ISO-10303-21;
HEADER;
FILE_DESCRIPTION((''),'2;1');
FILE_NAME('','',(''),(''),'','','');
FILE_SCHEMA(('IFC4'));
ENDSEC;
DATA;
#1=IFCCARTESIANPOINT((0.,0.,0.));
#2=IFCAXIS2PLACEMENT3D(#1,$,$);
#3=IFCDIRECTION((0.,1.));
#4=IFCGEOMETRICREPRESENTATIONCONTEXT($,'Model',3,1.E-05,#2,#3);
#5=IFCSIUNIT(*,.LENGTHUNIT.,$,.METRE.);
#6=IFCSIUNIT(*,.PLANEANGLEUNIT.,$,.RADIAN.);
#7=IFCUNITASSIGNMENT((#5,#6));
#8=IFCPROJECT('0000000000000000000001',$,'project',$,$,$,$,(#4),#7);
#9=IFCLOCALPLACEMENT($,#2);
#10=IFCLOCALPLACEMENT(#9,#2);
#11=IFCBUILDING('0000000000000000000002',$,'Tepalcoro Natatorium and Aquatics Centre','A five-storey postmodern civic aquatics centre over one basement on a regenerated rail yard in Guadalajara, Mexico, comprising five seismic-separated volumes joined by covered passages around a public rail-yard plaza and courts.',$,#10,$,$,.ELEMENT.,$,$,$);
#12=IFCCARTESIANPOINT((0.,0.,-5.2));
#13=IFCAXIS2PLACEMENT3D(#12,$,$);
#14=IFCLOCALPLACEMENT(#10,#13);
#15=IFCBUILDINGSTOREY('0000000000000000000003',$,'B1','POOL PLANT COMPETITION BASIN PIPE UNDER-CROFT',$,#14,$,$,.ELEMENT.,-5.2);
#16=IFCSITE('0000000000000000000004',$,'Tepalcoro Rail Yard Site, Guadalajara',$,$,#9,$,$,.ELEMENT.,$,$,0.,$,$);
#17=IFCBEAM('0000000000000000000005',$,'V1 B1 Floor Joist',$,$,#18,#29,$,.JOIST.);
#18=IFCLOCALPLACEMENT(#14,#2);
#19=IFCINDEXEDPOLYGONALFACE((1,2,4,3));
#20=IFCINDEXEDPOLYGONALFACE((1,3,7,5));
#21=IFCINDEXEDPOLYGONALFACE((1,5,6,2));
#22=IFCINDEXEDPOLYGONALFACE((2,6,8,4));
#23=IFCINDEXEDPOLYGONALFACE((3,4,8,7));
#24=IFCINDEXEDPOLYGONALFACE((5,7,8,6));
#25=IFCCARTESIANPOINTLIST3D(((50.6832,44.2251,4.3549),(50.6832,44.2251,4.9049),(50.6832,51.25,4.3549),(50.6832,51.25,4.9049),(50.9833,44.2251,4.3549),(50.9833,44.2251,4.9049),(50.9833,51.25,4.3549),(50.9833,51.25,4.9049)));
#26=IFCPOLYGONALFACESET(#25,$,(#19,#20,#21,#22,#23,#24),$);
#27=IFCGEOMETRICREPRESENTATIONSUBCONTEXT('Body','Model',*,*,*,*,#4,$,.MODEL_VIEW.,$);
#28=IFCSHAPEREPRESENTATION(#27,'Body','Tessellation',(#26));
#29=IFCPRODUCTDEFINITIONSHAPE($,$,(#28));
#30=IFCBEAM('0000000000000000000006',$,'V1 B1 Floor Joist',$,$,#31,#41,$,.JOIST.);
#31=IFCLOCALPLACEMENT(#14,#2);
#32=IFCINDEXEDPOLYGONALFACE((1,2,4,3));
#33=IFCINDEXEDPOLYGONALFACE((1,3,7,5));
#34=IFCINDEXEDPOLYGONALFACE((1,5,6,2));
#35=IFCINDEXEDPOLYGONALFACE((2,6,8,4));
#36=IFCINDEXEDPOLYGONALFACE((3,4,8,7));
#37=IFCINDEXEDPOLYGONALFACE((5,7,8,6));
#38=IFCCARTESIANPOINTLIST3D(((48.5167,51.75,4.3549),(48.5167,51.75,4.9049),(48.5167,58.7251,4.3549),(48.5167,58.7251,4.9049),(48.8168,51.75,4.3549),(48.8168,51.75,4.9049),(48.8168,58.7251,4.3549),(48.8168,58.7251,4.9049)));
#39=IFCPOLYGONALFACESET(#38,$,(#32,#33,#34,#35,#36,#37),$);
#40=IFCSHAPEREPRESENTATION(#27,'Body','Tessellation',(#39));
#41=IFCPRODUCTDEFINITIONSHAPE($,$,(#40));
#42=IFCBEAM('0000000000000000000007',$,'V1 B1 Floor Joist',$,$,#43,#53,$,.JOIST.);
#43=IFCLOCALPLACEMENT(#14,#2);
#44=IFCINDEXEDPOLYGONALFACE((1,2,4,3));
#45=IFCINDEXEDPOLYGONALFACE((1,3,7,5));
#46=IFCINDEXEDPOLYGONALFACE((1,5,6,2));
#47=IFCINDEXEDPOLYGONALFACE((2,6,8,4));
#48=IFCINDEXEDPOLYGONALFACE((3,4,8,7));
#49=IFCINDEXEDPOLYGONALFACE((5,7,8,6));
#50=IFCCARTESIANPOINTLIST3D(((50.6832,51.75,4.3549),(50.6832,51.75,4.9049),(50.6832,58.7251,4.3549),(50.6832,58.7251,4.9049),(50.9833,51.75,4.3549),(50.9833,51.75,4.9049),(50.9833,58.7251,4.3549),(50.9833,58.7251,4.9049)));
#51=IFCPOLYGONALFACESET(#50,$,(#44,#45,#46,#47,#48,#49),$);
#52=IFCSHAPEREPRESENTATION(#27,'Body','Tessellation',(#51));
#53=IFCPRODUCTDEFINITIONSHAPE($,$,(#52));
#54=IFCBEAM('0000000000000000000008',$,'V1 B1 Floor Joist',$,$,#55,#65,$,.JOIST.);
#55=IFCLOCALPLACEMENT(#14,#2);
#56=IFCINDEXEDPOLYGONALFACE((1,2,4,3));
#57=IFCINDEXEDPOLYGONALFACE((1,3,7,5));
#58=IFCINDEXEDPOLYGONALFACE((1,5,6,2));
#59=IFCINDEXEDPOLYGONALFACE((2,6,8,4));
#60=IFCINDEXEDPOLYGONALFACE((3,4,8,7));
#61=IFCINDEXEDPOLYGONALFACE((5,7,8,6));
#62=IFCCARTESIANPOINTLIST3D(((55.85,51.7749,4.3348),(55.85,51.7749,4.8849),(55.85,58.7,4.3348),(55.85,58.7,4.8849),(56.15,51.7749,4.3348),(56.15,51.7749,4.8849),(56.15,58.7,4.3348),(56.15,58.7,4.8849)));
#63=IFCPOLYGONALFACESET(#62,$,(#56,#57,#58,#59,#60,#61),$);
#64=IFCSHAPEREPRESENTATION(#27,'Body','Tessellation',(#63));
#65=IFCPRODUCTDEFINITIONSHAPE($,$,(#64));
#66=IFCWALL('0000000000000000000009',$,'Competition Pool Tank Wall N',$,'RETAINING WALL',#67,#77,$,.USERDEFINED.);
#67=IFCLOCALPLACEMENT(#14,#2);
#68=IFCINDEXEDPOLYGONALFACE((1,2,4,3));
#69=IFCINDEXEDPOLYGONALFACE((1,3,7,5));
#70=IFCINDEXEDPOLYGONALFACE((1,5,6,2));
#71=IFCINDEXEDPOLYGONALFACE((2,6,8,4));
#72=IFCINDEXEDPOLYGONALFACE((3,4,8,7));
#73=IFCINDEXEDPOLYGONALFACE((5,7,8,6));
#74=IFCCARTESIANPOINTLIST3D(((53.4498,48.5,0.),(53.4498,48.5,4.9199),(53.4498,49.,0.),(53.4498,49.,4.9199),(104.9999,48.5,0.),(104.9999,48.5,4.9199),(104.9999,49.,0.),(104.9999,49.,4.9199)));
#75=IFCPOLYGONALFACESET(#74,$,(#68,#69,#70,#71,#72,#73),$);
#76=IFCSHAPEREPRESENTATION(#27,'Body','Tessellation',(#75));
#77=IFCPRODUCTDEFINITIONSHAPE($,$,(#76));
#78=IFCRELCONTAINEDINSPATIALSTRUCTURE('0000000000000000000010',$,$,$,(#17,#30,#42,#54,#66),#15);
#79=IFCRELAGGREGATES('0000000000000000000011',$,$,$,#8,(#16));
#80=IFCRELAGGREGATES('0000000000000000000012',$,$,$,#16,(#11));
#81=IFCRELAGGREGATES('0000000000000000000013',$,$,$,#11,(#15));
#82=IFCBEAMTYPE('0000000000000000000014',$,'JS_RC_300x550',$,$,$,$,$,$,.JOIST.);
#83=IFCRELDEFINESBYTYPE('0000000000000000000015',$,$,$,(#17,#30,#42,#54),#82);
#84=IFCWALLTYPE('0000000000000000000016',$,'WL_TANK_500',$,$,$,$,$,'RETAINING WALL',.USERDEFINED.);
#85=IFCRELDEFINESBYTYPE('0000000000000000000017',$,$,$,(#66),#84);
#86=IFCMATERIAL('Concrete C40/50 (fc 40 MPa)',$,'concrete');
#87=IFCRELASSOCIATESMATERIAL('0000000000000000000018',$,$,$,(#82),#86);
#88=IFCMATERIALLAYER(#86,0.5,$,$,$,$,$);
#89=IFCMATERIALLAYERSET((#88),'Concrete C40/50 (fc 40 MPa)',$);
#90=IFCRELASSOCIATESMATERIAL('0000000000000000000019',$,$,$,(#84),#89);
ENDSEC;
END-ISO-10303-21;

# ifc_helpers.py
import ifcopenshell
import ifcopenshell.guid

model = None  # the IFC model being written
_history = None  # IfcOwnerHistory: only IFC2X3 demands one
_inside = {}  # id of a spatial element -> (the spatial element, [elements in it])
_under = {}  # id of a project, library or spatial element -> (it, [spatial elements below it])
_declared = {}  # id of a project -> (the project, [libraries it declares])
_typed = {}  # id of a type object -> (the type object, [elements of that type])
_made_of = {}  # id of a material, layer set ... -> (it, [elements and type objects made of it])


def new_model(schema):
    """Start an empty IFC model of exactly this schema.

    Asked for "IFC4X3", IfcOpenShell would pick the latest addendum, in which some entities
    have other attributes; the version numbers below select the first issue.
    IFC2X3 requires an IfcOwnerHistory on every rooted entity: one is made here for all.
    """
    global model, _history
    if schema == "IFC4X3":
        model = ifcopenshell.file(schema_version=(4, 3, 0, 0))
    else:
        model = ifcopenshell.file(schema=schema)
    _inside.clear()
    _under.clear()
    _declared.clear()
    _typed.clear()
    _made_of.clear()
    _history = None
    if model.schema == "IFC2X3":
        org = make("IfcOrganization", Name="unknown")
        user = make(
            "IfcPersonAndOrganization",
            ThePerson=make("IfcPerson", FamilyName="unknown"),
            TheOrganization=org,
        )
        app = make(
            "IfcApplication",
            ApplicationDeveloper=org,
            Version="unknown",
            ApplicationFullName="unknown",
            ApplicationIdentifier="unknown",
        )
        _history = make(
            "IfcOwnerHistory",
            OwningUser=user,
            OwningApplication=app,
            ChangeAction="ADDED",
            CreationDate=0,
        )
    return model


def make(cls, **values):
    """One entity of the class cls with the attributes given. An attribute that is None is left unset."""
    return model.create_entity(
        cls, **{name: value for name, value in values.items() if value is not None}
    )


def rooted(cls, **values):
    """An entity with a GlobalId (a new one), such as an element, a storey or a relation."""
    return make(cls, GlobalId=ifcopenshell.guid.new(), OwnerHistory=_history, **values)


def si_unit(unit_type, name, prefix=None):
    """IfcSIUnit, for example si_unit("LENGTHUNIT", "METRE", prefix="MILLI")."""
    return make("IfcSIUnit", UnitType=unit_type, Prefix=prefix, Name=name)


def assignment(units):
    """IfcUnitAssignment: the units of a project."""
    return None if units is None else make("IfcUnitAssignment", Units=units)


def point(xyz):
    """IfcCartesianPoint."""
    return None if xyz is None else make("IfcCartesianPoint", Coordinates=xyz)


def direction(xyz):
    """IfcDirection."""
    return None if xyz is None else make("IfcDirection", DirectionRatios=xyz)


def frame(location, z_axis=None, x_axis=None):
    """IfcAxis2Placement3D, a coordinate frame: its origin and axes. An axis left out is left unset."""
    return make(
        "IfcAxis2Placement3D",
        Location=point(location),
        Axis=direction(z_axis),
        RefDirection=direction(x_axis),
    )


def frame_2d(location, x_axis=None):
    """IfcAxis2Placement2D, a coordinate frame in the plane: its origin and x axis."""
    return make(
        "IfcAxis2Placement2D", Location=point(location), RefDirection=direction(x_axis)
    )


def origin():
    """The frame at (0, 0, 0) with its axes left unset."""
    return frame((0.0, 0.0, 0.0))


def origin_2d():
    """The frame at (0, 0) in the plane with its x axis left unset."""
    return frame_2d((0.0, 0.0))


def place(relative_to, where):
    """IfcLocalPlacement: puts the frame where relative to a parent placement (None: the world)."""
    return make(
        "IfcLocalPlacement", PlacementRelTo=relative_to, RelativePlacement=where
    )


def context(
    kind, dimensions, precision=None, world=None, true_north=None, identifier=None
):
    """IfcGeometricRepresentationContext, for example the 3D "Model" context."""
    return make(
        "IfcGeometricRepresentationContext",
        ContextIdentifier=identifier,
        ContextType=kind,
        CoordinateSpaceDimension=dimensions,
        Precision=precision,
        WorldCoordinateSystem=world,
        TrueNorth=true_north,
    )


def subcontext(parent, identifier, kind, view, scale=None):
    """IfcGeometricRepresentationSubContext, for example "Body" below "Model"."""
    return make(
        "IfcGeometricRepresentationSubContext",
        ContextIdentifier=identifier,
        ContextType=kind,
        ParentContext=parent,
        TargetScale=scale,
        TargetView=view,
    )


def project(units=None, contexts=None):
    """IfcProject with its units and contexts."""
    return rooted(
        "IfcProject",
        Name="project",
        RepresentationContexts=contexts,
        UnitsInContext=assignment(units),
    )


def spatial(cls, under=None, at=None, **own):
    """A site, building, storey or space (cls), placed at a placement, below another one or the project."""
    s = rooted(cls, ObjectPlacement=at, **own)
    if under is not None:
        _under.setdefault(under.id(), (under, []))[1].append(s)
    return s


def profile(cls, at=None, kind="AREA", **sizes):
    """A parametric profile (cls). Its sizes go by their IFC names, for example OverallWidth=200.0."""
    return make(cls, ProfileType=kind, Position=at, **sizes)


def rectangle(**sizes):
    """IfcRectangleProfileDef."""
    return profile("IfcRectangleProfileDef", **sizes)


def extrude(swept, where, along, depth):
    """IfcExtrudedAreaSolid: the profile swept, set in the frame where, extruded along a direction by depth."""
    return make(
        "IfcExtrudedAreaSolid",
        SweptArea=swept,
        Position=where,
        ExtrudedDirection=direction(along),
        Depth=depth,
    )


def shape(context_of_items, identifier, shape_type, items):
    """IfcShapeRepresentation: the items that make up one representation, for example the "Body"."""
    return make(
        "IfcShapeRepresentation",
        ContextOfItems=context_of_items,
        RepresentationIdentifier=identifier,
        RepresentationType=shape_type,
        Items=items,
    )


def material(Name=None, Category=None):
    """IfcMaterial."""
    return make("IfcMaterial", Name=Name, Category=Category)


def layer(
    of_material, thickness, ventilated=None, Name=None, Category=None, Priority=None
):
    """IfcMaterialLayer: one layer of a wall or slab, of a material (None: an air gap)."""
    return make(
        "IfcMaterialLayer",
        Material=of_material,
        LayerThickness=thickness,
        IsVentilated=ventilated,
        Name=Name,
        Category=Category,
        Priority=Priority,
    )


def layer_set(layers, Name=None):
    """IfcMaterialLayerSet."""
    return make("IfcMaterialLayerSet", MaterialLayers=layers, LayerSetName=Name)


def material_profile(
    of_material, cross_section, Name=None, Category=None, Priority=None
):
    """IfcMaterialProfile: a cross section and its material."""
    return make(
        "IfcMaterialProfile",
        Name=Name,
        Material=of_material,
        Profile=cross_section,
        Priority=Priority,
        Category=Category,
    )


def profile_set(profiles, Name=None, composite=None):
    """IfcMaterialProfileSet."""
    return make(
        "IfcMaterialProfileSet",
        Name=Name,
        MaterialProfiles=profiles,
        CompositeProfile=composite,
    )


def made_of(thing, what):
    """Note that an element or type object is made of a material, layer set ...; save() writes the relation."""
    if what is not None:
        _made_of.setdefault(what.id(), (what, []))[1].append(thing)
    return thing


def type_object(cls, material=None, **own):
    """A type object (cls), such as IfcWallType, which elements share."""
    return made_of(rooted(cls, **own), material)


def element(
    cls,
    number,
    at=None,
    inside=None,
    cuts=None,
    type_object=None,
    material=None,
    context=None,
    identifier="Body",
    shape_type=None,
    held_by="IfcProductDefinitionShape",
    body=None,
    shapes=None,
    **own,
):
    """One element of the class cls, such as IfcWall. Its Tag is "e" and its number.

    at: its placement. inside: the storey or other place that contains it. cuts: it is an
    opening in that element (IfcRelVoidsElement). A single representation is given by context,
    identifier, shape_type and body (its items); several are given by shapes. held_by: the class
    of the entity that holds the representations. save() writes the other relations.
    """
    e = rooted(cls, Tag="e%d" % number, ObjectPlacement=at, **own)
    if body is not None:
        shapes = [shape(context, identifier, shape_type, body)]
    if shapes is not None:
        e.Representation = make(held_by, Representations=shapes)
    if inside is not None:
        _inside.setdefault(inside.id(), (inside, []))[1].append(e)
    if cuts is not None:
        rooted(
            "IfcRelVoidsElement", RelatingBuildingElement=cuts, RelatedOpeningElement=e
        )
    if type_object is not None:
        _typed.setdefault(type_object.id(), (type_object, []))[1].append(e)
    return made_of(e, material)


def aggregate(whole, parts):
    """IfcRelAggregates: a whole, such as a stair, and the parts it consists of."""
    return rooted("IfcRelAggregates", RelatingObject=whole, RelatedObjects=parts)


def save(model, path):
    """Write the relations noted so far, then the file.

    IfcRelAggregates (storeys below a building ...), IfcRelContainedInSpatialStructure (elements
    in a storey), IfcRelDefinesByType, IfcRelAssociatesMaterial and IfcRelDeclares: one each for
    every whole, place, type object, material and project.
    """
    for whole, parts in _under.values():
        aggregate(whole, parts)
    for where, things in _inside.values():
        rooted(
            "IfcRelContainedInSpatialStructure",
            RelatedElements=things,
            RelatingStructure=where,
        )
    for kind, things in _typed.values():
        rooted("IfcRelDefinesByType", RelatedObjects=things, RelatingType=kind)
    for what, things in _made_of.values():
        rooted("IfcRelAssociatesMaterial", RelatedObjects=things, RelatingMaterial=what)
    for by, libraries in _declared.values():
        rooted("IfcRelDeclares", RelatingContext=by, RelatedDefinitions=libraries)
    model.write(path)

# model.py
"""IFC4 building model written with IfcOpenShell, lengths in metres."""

from ifc_helpers import new_model, si_unit, direction, frame, frame_2d, origin, origin_2d, place, context, subcontext, project, spatial, rectangle, extrude, material, layer, layer_set, material_profile, profile_set, type_object, element, save


model = new_model("IFC4")

# Units and contexts
model_context = context("Model", 3, precision=1e-05, world=origin(), true_north=direction((0.0, 1.0)))
body_context = subcontext(model_context, "Body", "Model", "MODEL_VIEW")
ifc_project = project(units=[si_unit("LENGTHUNIT", "METRE"), si_unit("PLANEANGLEUNIT", "RADIAN")], contexts=[model_context])

# Site, building, storey
site_placement = place(None, origin())
site = spatial("IfcSite", under=ifc_project, at=site_placement, Name="Tepalcoro Rail Yard Site, Guadalajara", CompositionType="ELEMENT", RefElevation=0.0)
building_placement = place(site_placement, origin())
building = spatial("IfcBuilding", under=site, at=building_placement, Name="Tepalcoro Natatorium and Aquatics Centre", Description="A five-storey postmodern civic aquatics centre over one basement on a regenerated rail yard in Guadalajara, Mexico, comprising five seismic-separated volumes joined by covered passages around a public rail-yard plaza and courts.", CompositionType="ELEMENT")
storey_placement = place(building_placement, frame((0.0, 0.0, -5.2)))
storey = spatial("IfcBuildingStorey", under=building, at=storey_placement, Name="B1", Description="POOL PLANT COMPETITION BASIN PIPE UNDER-CROFT", CompositionType="ELEMENT", Elevation=-5.2)

# Shared definitions
ifc_material = material(Name="Concrete C40/50 (fc 40 MPa)", Category="concrete")

# Beams
ifc_material_profile_1 = material_profile(ifc_material, rectangle(XDim=0.3, YDim=0.55, at=origin_2d()), Name="RCJ300x550")
ifc_profile_set_1 = profile_set([ifc_material_profile_1], Name="Concrete C40/50 (fc 40 MPa)")
beam_type_1 = type_object("IfcBeamType", Name="JS_RC_300x550", PredefinedType="JOIST", material=ifc_profile_set_1)
for number, where, z_axis, x_axis, name in (
    (1, (50.8333, 44.2251, 4.6299), (0.0, 1.0, 0.0), (-1.0, 0.0, 0.0), "V1 B1 Floor Joist"),
):
    element("IfcBeam", number, at=place(storey_placement, frame(where, z_axis=z_axis, x_axis=x_axis)), inside=storey, type_object=beam_type_1, Name=name, PredefinedType="JOIST", context=body_context, shape_type="SweptSolid", body=[
        extrude(rectangle(XDim=0.3, YDim=0.55, at=origin_2d()), origin(), (0.0, 0.0, 1.0), 7.0249),
    ])
for number, where, z_axis, x_axis, name in (
    (2, (48.6667, 51.75, 4.6299), (0.0, 1.0, 0.0), (-1.0, 0.0, 0.0), "V1 B1 Floor Joist"),
    (3, (50.8333, 51.75, 4.6299), (0.0, 1.0, 0.0), (-1.0, 0.0, 0.0), "V1 B1 Floor Joist"),
):
    element("IfcBeam", number, at=place(storey_placement, frame(where, z_axis=z_axis, x_axis=x_axis)), inside=storey, type_object=beam_type_1, Name=name, PredefinedType="JOIST", context=body_context, shape_type="SweptSolid", body=[
        extrude(rectangle(XDim=0.3, YDim=0.55, at=origin_2d()), origin(), (0.0, 0.0, 1.0), 6.9751),
    ])
beam_1_placement = place(storey_placement, frame((56.0, 51.7749, 4.6099), z_axis=(0.0, 1.0, 0.0), x_axis=(-1.0, 0.0, 0.0)))
element("IfcBeam", 4, at=beam_1_placement, inside=storey, type_object=beam_type_1, Name="V1 B1 Floor Joist", PredefinedType="JOIST", context=body_context, shape_type="SweptSolid", body=[
    extrude(rectangle(XDim=0.3, YDim=0.55, at=origin_2d()), origin(), (0.0, 0.0, 1.0), 6.925),
])

# Wall
ifc_layer = layer(ifc_material, 0.5)
ifc_layer_set = layer_set([ifc_layer], Name="Concrete C40/50 (fc 40 MPa)")
wall_type = type_object("IfcWallType", Name="WL_TANK_500", ElementType="RETAINING WALL", PredefinedType="USERDEFINED", material=ifc_layer_set)
wall_placement = place(storey_placement, frame((53.45, 48.75, 0.0), z_axis=(0.0, 0.0, 1.0), x_axis=(1.0, 0.0, 0.0)))
element("IfcWall", 5, at=wall_placement, inside=storey, type_object=wall_type, Name="Competition Pool Tank Wall N", ObjectType="RETAINING WALL", PredefinedType="USERDEFINED", context=body_context, shape_type="SweptSolid", body=[
    extrude(rectangle(XDim=51.55, YDim=0.5, at=frame_2d((25.7749, 0.0))), origin(), (0.0, 0.0, 1.0), 4.9199),
])

save(model, "model.ifc")
